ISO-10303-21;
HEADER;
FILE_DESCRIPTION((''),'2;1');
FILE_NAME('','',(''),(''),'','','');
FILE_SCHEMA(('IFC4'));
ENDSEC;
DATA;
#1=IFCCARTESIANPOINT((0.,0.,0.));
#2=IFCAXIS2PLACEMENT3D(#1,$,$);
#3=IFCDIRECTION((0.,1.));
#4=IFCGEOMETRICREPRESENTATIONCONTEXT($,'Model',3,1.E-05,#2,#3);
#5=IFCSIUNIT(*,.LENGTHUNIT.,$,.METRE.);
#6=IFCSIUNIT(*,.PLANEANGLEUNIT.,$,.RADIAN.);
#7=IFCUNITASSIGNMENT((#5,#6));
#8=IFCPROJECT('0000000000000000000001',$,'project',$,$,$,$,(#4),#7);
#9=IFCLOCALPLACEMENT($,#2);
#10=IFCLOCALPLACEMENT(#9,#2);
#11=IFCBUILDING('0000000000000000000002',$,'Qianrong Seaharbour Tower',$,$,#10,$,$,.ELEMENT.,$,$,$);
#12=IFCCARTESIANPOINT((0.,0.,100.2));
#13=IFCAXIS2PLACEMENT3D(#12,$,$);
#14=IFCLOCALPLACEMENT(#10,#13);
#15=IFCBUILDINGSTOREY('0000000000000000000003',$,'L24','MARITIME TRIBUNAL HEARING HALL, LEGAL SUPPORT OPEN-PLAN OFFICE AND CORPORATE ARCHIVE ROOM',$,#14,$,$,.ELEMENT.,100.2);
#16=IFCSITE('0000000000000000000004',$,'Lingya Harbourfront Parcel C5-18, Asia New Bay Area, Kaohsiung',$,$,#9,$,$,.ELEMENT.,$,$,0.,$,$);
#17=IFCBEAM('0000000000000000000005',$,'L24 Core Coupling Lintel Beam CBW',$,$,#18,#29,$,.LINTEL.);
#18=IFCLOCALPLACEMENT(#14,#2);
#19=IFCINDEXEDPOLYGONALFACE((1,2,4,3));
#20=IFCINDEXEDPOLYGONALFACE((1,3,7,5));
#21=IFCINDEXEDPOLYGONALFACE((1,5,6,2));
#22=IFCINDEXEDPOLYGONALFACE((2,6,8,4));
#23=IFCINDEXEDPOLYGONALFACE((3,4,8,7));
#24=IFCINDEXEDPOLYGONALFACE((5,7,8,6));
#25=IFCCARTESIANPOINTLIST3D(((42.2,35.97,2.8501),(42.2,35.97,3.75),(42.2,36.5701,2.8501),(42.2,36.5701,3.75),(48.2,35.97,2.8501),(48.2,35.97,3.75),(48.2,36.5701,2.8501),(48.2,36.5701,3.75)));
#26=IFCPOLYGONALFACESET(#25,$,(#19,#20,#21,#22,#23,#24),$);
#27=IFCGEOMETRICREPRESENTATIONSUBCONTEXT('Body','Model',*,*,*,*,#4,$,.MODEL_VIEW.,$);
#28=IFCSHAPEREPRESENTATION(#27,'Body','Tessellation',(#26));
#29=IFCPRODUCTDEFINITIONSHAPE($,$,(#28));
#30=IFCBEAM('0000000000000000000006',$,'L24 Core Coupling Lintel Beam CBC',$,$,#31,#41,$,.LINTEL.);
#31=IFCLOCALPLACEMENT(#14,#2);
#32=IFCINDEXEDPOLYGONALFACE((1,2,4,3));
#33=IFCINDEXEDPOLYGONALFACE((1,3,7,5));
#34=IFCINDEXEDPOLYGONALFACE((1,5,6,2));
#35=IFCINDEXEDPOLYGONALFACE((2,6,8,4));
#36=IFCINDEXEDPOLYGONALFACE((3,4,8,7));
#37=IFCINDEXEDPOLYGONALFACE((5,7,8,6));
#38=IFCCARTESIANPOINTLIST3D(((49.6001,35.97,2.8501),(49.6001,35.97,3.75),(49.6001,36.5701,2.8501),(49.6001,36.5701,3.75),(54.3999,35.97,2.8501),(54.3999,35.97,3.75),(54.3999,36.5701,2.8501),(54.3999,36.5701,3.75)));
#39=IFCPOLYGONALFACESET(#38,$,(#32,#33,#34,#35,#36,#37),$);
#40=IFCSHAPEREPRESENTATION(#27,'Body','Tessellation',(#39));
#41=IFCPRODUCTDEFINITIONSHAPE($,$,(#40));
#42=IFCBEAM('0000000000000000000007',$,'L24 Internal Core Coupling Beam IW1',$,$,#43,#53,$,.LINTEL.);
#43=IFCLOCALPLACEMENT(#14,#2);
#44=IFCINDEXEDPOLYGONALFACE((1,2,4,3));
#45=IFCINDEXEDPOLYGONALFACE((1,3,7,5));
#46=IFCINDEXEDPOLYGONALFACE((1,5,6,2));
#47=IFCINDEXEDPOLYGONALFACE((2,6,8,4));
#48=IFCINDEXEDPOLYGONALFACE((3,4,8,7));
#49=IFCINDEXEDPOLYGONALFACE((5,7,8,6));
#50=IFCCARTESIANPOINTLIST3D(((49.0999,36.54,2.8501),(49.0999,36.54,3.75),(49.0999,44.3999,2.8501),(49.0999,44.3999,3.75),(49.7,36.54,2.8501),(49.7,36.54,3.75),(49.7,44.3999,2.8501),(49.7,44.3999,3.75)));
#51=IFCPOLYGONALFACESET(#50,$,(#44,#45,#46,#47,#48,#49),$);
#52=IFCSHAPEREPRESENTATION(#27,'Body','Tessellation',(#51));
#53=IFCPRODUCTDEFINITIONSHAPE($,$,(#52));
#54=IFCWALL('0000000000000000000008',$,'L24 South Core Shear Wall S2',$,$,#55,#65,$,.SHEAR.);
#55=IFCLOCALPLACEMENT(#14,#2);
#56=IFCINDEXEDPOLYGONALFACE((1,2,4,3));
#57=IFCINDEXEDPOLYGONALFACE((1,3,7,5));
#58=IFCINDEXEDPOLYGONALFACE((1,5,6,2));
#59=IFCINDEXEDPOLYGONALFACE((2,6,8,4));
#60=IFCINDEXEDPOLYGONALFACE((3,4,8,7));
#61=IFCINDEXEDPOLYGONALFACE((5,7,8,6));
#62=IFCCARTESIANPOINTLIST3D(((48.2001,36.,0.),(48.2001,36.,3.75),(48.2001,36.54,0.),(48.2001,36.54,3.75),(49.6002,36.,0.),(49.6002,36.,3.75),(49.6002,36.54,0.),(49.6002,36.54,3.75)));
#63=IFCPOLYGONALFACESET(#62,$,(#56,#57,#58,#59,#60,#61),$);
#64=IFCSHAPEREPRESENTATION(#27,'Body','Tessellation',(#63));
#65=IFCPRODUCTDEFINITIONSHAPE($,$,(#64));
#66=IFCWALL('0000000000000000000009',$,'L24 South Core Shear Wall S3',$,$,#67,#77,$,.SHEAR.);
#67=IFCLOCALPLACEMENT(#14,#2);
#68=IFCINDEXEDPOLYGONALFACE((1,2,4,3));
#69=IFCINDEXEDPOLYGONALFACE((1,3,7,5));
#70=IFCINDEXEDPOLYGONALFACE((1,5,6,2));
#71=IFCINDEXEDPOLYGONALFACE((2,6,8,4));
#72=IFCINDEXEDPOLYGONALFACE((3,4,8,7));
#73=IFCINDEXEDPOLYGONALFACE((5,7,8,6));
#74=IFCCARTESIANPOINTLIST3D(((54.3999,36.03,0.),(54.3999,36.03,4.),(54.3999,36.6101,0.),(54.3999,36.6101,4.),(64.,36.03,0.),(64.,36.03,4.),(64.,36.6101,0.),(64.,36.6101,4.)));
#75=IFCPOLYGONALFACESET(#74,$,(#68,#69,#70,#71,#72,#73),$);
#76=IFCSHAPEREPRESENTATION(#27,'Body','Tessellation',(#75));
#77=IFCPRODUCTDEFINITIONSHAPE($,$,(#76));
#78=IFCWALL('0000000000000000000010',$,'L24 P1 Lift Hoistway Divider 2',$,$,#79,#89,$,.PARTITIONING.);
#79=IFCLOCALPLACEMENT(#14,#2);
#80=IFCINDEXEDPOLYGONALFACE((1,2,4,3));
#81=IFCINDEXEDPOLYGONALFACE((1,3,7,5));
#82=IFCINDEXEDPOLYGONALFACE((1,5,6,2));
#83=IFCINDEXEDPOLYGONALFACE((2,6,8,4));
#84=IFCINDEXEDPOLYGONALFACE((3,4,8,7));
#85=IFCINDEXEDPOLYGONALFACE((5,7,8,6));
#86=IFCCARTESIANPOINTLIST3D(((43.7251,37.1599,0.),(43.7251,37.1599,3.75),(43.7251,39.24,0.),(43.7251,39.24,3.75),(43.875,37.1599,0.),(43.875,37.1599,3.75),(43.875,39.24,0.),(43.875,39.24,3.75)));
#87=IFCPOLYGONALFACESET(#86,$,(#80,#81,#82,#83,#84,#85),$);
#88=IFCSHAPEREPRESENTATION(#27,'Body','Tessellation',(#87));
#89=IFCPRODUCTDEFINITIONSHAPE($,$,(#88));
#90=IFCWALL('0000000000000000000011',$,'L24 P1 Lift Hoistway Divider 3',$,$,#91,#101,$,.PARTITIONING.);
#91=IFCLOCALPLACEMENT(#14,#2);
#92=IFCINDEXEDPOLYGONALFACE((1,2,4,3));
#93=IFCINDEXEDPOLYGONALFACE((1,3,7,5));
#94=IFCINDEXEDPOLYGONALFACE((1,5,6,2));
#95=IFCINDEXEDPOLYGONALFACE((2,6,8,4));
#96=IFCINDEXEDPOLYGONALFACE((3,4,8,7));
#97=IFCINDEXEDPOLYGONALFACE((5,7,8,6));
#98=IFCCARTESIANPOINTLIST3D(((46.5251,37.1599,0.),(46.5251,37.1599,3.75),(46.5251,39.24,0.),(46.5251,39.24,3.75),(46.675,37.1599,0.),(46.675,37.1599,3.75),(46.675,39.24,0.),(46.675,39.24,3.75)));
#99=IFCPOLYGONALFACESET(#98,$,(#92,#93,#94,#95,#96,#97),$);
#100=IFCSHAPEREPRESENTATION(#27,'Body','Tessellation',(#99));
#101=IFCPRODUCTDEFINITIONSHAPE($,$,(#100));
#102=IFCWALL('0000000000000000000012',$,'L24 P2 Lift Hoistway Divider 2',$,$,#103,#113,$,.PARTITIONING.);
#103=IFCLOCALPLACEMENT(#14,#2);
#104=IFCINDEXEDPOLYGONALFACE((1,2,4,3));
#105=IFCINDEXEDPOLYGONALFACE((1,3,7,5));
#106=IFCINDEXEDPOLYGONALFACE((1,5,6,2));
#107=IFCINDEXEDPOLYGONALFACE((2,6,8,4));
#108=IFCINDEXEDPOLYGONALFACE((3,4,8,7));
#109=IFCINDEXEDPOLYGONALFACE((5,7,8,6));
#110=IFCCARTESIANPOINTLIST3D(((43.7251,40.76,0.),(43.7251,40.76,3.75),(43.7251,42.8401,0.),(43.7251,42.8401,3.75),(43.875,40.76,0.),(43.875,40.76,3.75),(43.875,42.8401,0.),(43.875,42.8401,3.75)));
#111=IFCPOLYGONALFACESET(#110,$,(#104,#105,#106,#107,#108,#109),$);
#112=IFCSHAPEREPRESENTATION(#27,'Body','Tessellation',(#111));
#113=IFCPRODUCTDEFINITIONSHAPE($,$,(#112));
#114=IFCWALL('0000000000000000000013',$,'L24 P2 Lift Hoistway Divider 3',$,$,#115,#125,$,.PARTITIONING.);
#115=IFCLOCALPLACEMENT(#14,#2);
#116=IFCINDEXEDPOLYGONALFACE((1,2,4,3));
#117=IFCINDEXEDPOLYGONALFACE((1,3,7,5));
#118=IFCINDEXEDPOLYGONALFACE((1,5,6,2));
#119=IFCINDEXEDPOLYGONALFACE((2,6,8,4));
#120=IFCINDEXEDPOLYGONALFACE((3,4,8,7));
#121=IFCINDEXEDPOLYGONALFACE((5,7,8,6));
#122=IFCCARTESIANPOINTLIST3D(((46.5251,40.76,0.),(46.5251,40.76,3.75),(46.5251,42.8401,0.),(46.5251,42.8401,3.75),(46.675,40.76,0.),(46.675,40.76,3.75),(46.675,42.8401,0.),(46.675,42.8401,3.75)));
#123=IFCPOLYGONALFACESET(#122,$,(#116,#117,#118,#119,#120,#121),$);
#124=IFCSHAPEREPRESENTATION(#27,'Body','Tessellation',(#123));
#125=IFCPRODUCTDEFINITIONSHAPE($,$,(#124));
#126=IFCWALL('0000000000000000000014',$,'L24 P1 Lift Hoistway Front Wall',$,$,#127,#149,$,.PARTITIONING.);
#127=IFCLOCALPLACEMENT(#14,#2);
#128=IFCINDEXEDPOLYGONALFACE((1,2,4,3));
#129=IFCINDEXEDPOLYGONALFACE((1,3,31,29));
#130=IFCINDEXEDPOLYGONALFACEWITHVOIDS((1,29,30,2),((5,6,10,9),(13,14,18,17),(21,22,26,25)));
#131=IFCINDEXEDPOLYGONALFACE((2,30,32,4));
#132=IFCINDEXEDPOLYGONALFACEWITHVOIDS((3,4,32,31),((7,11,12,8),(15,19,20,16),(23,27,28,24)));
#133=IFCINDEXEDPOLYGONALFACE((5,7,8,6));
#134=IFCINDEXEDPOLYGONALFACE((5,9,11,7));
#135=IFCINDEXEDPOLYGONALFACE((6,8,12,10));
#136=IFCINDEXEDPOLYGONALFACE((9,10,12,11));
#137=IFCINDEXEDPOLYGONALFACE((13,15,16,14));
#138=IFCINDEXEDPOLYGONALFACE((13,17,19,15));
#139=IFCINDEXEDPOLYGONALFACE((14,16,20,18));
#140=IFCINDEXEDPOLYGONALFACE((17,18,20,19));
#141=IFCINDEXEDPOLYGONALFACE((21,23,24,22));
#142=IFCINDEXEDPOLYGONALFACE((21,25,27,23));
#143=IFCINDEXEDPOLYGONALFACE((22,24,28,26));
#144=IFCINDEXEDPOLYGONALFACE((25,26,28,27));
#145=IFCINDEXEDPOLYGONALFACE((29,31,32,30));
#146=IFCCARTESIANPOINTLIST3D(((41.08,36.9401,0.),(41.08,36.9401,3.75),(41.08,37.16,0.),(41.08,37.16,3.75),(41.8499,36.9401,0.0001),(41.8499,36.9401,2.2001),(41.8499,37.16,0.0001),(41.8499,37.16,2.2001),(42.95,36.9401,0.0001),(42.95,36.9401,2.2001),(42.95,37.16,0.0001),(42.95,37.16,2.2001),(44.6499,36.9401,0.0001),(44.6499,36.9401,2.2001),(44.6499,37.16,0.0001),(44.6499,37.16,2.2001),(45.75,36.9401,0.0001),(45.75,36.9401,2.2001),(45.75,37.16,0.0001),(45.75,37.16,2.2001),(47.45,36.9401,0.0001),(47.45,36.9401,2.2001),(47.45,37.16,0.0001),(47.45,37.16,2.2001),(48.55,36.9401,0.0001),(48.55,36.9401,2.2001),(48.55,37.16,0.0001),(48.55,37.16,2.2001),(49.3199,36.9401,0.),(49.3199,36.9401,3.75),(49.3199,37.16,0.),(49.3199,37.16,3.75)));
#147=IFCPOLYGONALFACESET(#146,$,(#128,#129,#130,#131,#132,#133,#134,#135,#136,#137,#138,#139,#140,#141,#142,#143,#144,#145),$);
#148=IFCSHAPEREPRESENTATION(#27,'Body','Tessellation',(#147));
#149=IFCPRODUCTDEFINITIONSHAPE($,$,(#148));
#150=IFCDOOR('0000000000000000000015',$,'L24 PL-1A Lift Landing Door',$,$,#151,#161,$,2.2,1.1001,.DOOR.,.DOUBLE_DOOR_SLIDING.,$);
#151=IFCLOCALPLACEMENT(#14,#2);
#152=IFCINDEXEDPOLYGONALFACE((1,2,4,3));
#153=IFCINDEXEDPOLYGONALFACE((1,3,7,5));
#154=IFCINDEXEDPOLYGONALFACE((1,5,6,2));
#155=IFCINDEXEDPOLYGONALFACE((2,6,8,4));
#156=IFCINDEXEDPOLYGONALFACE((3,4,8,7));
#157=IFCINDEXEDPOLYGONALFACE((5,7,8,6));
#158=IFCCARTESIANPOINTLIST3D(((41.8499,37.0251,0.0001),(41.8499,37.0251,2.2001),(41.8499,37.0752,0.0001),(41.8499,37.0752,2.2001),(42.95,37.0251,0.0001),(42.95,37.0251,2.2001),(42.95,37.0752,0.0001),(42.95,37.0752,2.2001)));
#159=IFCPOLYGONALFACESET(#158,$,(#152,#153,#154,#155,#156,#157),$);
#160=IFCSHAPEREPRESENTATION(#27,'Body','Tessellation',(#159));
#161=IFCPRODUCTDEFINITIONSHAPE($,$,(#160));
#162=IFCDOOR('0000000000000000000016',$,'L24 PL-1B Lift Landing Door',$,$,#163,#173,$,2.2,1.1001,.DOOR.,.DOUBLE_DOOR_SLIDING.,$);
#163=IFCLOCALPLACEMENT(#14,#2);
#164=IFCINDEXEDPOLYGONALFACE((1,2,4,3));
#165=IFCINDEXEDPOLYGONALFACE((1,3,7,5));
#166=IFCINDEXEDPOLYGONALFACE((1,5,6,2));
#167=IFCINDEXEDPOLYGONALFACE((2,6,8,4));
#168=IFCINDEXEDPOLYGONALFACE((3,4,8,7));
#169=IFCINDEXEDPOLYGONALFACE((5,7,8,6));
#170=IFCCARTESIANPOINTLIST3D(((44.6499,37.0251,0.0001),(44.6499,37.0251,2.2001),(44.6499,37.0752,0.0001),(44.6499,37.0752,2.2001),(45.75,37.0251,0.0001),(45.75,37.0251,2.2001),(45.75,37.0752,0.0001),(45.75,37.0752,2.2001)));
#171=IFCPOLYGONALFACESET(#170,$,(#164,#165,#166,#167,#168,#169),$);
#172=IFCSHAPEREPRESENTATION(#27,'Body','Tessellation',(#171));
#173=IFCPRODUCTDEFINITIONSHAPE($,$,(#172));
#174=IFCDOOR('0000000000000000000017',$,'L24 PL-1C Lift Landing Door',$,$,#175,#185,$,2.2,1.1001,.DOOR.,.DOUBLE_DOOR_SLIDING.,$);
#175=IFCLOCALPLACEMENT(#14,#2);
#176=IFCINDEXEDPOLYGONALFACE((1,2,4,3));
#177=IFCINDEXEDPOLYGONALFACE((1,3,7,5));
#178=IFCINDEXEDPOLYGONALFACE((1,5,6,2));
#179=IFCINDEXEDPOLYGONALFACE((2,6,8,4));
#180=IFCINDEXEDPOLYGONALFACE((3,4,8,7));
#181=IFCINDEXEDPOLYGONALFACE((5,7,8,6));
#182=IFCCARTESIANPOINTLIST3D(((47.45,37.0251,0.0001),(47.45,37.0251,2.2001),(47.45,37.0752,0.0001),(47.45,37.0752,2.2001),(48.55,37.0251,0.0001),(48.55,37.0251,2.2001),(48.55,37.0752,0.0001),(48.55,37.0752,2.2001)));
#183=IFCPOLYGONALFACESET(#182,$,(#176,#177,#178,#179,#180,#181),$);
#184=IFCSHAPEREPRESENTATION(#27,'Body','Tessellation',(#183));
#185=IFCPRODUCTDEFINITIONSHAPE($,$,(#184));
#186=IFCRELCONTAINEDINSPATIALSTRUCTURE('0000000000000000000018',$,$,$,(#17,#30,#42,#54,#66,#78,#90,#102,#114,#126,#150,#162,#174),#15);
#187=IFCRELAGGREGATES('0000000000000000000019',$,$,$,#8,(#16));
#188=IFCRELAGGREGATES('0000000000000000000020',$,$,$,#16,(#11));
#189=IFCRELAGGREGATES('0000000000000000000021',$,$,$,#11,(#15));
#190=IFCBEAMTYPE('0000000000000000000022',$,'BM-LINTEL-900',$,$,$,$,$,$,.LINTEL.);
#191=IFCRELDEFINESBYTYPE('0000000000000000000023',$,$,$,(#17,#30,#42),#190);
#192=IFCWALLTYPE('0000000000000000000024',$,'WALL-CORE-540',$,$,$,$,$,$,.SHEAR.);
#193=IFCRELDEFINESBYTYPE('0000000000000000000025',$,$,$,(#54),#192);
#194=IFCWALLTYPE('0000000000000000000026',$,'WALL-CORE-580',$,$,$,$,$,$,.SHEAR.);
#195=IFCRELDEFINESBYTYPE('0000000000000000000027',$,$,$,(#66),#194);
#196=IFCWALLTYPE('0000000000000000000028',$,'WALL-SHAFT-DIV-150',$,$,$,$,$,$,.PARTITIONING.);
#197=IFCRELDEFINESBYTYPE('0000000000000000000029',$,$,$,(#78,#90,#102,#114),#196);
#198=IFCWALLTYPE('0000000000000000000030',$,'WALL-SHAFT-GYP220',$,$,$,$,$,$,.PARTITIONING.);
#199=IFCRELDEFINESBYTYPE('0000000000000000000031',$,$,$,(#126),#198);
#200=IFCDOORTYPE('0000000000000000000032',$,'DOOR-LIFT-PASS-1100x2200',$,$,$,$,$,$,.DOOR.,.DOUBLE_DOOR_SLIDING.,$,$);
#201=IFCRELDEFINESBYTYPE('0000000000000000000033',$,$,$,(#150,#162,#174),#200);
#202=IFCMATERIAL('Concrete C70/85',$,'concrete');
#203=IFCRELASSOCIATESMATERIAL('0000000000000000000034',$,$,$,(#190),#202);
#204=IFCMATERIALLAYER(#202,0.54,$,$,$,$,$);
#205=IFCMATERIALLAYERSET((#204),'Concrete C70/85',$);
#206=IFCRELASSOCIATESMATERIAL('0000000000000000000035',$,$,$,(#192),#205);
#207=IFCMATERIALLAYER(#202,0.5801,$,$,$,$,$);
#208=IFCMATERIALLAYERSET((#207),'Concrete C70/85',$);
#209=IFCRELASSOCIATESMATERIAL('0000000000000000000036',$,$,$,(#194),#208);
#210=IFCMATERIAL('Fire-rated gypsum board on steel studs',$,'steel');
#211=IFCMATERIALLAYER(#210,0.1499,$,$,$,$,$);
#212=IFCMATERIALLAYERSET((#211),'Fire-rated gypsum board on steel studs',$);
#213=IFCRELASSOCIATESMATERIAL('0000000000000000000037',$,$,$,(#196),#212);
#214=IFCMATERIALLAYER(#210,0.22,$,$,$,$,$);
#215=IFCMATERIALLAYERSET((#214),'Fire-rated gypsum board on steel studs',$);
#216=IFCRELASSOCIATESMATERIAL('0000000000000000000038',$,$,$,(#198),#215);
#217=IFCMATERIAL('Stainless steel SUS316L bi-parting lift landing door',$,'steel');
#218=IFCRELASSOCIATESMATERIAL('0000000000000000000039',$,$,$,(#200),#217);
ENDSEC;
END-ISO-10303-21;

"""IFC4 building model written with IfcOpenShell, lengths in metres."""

from ifc_helpers import new_model, si_unit, direction, frame, frame_2d, origin, origin_2d, place, context, subcontext, project, spatial, rectangle, extrude, material, layer, layer_set, material_profile, profile_set, type_object, element, fill, save


model = new_model("IFC4")

# Units and contexts
model_context = context("Model", 3, precision=1e-05, world=origin(), true_north=direction((0.0, 1.0)))
body_context = subcontext(model_context, "Body", "Model", "MODEL_VIEW")
ifc_project = project(units=[si_unit("LENGTHUNIT", "METRE"), si_unit("PLANEANGLEUNIT", "RADIAN")], contexts=[model_context])

# Site, building, storey
site_placement = place(None, origin())
site = spatial("IfcSite", under=ifc_project, at=site_placement, Name="Lingya Harbourfront Parcel C5-18, Asia New Bay Area, Kaohsiung", CompositionType="ELEMENT", RefElevation=0.0)
building_placement = place(site_placement, origin())
building = spatial("IfcBuilding", under=site, at=building_placement, Name="Qianrong Seaharbour Tower", CompositionType="ELEMENT")
storey_placement = place(building_placement, frame((0.0, 0.0, 100.2)))
storey = spatial("IfcBuildingStorey", under=building, at=storey_placement, Name="L24", Description="MARITIME TRIBUNAL HEARING HALL, LEGAL SUPPORT OPEN-PLAN OFFICE AND CORPORATE ARCHIVE ROOM", CompositionType="ELEMENT", Elevation=100.2)

# Beams
ifc_material_1 = material(Name="Concrete C70/85", Category="concrete")
ifc_material_profile = material_profile(ifc_material_1, rectangle(XDim=0.6001, YDim=0.8999, at=origin_2d()), Name="RC600x900")
ifc_profile_set = profile_set([ifc_material_profile], Name="Concrete C70/85")
beam_type = type_object("IfcBeamType", Name="BM-LINTEL-900", PredefinedType="LINTEL", material=ifc_profile_set)
beam_1_placement = place(storey_placement, frame((42.2, 36.27, 3.3), z_axis=(1.0, 0.0, 0.0), x_axis=(0.0, 1.0, 0.0)))
element("IfcBeam", 1, at=beam_1_placement, inside=storey, type_object=beam_type, Name="L24 Core Coupling Lintel Beam CBW", PredefinedType="LINTEL", context=body_context, shape_type="SweptSolid", body=[
    extrude(rectangle(XDim=0.6001, YDim=0.8999, at=origin_2d()), origin(), (0.0, 0.0, 1.0), 6.0),
])
beam_2_placement = place(storey_placement, frame((49.6001, 36.27, 3.3), z_axis=(1.0, 0.0, 0.0), x_axis=(0.0, 1.0, 0.0)))
element("IfcBeam", 2, at=beam_2_placement, inside=storey, type_object=beam_type, Name="L24 Core Coupling Lintel Beam CBC", PredefinedType="LINTEL", context=body_context, shape_type="SweptSolid", body=[
    extrude(rectangle(XDim=0.6001, YDim=0.8999, at=origin_2d()), origin(), (0.0, 0.0, 1.0), 4.7998),
])
beam_3_placement = place(storey_placement, frame((49.3999, 36.54, 3.3), z_axis=(0.0, 1.0, 0.0), x_axis=(-1.0, 0.0, 0.0)))
element("IfcBeam", 3, at=beam_3_placement, inside=storey, type_object=beam_type, Name="L24 Internal Core Coupling Beam IW1", PredefinedType="LINTEL", context=body_context, shape_type="SweptSolid", body=[
    extrude(rectangle(XDim=0.6001, YDim=0.8999, at=origin_2d()), origin(), (0.0, 0.0, 1.0), 7.8599),
])

# Walls
ifc_layer_1 = layer(ifc_material_1, 0.54)
ifc_layer_set_1 = layer_set([ifc_layer_1], Name="Concrete C70/85")
wall_type_1 = type_object("IfcWallType", Name="WALL-CORE-540", PredefinedType="SHEAR", material=ifc_layer_set_1)
wall_1_placement = place(storey_placement, frame((48.2, 36.27, 0.0), z_axis=(0.0, 0.0, 1.0), x_axis=(1.0, 0.0, 0.0)))
element("IfcWall", 4, at=wall_1_placement, inside=storey, type_object=wall_type_1, Name="L24 South Core Shear Wall S2", PredefinedType="SHEAR", context=body_context, shape_type="SweptSolid", body=[
    extrude(rectangle(XDim=1.4001, YDim=0.54, at=frame_2d((0.7002, 0.0))), origin(), (0.0, 0.0, 1.0), 3.75),
])
ifc_layer_2 = layer(ifc_material_1, 0.5801)
ifc_layer_set_2 = layer_set([ifc_layer_2], Name="Concrete C70/85")
wall_type_2 = type_object("IfcWallType", Name="WALL-CORE-580", PredefinedType="SHEAR", material=ifc_layer_set_2)
wall_2_placement = place(storey_placement, frame((54.3999, 36.3201, 0.0), z_axis=(0.0, 0.0, 1.0), x_axis=(1.0, 0.0, 0.0)))
element("IfcWall", 5, at=wall_2_placement, inside=storey, type_object=wall_type_2, Name="L24 South Core Shear Wall S3", PredefinedType="SHEAR", context=body_context, shape_type="SweptSolid", body=[
    extrude(rectangle(XDim=9.6001, YDim=0.5801, at=frame_2d((4.8, 0.0))), origin(), (0.0, 0.0, 1.0), 4.0),
])
ifc_material_2 = material(Name="Fire-rated gypsum board on steel studs", Category="steel")
ifc_layer_3 = layer(ifc_material_2, 0.1499)
ifc_layer_set_3 = layer_set([ifc_layer_3], Name="Fire-rated gypsum board on steel studs")
wall_type_3 = type_object("IfcWallType", Name="WALL-SHAFT-DIV-150", PredefinedType="PARTITIONING", material=ifc_layer_set_3)
for number, where, z_axis, x_axis, name in (
    (6, (43.8, 37.1599, 0.0), (0.0, 0.0, 1.0), (0.0, 1.0, 0.0), "L24 P1 Lift Hoistway Divider 2"),
    (7, (46.6001, 37.1599, 0.0), (0.0, 0.0, 1.0), (0.0, 1.0, 0.0), "L24 P1 Lift Hoistway Divider 3"),
    (8, (43.8, 40.76, 0.0), (0.0, 0.0, 1.0), (0.0, 1.0, 0.0), "L24 P2 Lift Hoistway Divider 2"),
    (9, (46.6001, 40.76, 0.0), (0.0, 0.0, 1.0), (0.0, 1.0, 0.0), "L24 P2 Lift Hoistway Divider 3"),
):
    element("IfcWall", number, at=place(storey_placement, frame(where, z_axis=z_axis, x_axis=x_axis)), inside=storey, type_object=wall_type_3, Name=name, PredefinedType="PARTITIONING", context=body_context, shape_type="SweptSolid", body=[
        extrude(rectangle(XDim=2.0801, YDim=0.1499, at=frame_2d((1.04, 0.0))), origin(), (0.0, 0.0, 1.0), 3.75),
    ])

# Wall, openings, doors
ifc_layer_4 = layer(ifc_material_2, 0.22)
ifc_layer_set_4 = layer_set([ifc_layer_4], Name="Fire-rated gypsum board on steel studs")
wall_type_4 = type_object("IfcWallType", Name="WALL-SHAFT-GYP220", PredefinedType="PARTITIONING", material=ifc_layer_set_4)
wall_3_placement = place(storey_placement, frame((49.3201, 37.05, 0.0), z_axis=(0.0, 0.0, 1.0), x_axis=(-1.0, 0.0, 0.0)))
wall_3 = element("IfcWall", 10, at=wall_3_placement, inside=storey, type_object=wall_type_4, Name="L24 P1 Lift Hoistway Front Wall", PredefinedType="PARTITIONING", context=body_context, shape_type="SweptSolid", body=[
    extrude(rectangle(XDim=8.24, YDim=0.22, at=frame_2d((4.1201, 0.0))), origin(), (0.0, 0.0, 1.0), 3.75),
])
opening_1_placement = place(wall_3_placement, frame((6.3701, 0.0, 0.0)))
opening_1 = element("IfcOpeningElement", 11, at=opening_1_placement, cuts=wall_3, PredefinedType="OPENING", context=body_context, shape_type="SweptSolid", body=[
    extrude(rectangle(XDim=1.1001, YDim=2.2, at=frame_2d((0.55, 1.1001))), frame((0.0, 0.1201, 0.0), z_axis=(0.0, -1.0, 0.0), x_axis=(1.0, 0.0, 0.0)), (0.0, 0.0, 1.0), 0.24),
])
opening_2_placement = place(wall_3_placement, frame((3.5701, 0.0, 0.0)))
opening_2 = element("IfcOpeningElement", 12, at=opening_2_placement, cuts=wall_3, PredefinedType="OPENING", context=body_context, shape_type="SweptSolid", body=[
    extrude(rectangle(XDim=1.1001, YDim=2.2, at=frame_2d((0.55, 1.1001))), frame((0.0, 0.1201, 0.0), z_axis=(0.0, -1.0, 0.0), x_axis=(1.0, 0.0, 0.0)), (0.0, 0.0, 1.0), 0.24),
])
opening_3_placement = place(wall_3_placement, frame((0.77, 0.0, 0.0)))
opening_3 = element("IfcOpeningElement", 13, at=opening_3_placement, cuts=wall_3, PredefinedType="OPENING", context=body_context, shape_type="SweptSolid", body=[
    extrude(rectangle(XDim=1.1001, YDim=2.2, at=frame_2d((0.55, 1.1001))), frame((0.0, 0.1201, 0.0), z_axis=(0.0, -1.0, 0.0), x_axis=(1.0, 0.0, 0.0)), (0.0, 0.0, 1.0), 0.24),
])
ifc_material_3 = material(Name="Stainless steel SUS316L bi-parting lift landing door", Category="steel")
door_type = type_object("IfcDoorType", Name="DOOR-LIFT-PASS-1100x2200", OperationType="DOUBLE_DOOR_SLIDING", PredefinedType="DOOR", material=ifc_material_3)
door_1_placement = place(opening_1_placement, origin())
door_1 = element("IfcDoor", 14, at=door_1_placement, inside=storey, type_object=door_type, Name="L24 PL-1A Lift Landing Door", OperationType="DOUBLE_DOOR_SLIDING", OverallHeight=2.2, OverallWidth=1.1001, PredefinedType="DOOR", context=body_context, shape_type="SweptSolid", body=[
    extrude(rectangle(XDim=1.1001, YDim=2.2, at=frame_2d((0.55, 1.1001))), frame((0.0, 0.0249, 0.0), z_axis=(0.0, -1.0, 0.0), x_axis=(1.0, 0.0, 0.0)), (0.0, 0.0, 1.0), 0.05),
])
fill(opening_1, door_1)
door_2_placement = place(opening_2_placement, origin())
door_2 = element("IfcDoor", 15, at=door_2_placement, inside=storey, type_object=door_type, Name="L24 PL-1B Lift Landing Door", OperationType="DOUBLE_DOOR_SLIDING", OverallHeight=2.2, OverallWidth=1.1001, PredefinedType="DOOR", context=body_context, shape_type="SweptSolid", body=[
    extrude(rectangle(XDim=1.1001, YDim=2.2, at=frame_2d((0.55, 1.1001))), frame((0.0, 0.0249, 0.0), z_axis=(0.0, -1.0, 0.0), x_axis=(1.0, 0.0, 0.0)), (0.0, 0.0, 1.0), 0.05),
])
fill(opening_2, door_2)
door_3_placement = place(opening_3_placement, origin())
door_3 = element("IfcDoor", 16, at=door_3_placement, inside=storey, type_object=door_type, Name="L24 PL-1C Lift Landing Door", OperationType="DOUBLE_DOOR_SLIDING", OverallHeight=2.2, OverallWidth=1.1001, PredefinedType="DOOR", context=body_context, shape_type="SweptSolid", body=[
    extrude(rectangle(XDim=1.1001, YDim=2.2, at=frame_2d((0.55, 1.1001))), frame((0.0, 0.0249, 0.0), z_axis=(0.0, -1.0, 0.0), x_axis=(1.0, 0.0, 0.0)), (0.0, 0.0, 1.0), 0.05),
])
fill(opening_3, door_3)

save(model, "model.ifc")
